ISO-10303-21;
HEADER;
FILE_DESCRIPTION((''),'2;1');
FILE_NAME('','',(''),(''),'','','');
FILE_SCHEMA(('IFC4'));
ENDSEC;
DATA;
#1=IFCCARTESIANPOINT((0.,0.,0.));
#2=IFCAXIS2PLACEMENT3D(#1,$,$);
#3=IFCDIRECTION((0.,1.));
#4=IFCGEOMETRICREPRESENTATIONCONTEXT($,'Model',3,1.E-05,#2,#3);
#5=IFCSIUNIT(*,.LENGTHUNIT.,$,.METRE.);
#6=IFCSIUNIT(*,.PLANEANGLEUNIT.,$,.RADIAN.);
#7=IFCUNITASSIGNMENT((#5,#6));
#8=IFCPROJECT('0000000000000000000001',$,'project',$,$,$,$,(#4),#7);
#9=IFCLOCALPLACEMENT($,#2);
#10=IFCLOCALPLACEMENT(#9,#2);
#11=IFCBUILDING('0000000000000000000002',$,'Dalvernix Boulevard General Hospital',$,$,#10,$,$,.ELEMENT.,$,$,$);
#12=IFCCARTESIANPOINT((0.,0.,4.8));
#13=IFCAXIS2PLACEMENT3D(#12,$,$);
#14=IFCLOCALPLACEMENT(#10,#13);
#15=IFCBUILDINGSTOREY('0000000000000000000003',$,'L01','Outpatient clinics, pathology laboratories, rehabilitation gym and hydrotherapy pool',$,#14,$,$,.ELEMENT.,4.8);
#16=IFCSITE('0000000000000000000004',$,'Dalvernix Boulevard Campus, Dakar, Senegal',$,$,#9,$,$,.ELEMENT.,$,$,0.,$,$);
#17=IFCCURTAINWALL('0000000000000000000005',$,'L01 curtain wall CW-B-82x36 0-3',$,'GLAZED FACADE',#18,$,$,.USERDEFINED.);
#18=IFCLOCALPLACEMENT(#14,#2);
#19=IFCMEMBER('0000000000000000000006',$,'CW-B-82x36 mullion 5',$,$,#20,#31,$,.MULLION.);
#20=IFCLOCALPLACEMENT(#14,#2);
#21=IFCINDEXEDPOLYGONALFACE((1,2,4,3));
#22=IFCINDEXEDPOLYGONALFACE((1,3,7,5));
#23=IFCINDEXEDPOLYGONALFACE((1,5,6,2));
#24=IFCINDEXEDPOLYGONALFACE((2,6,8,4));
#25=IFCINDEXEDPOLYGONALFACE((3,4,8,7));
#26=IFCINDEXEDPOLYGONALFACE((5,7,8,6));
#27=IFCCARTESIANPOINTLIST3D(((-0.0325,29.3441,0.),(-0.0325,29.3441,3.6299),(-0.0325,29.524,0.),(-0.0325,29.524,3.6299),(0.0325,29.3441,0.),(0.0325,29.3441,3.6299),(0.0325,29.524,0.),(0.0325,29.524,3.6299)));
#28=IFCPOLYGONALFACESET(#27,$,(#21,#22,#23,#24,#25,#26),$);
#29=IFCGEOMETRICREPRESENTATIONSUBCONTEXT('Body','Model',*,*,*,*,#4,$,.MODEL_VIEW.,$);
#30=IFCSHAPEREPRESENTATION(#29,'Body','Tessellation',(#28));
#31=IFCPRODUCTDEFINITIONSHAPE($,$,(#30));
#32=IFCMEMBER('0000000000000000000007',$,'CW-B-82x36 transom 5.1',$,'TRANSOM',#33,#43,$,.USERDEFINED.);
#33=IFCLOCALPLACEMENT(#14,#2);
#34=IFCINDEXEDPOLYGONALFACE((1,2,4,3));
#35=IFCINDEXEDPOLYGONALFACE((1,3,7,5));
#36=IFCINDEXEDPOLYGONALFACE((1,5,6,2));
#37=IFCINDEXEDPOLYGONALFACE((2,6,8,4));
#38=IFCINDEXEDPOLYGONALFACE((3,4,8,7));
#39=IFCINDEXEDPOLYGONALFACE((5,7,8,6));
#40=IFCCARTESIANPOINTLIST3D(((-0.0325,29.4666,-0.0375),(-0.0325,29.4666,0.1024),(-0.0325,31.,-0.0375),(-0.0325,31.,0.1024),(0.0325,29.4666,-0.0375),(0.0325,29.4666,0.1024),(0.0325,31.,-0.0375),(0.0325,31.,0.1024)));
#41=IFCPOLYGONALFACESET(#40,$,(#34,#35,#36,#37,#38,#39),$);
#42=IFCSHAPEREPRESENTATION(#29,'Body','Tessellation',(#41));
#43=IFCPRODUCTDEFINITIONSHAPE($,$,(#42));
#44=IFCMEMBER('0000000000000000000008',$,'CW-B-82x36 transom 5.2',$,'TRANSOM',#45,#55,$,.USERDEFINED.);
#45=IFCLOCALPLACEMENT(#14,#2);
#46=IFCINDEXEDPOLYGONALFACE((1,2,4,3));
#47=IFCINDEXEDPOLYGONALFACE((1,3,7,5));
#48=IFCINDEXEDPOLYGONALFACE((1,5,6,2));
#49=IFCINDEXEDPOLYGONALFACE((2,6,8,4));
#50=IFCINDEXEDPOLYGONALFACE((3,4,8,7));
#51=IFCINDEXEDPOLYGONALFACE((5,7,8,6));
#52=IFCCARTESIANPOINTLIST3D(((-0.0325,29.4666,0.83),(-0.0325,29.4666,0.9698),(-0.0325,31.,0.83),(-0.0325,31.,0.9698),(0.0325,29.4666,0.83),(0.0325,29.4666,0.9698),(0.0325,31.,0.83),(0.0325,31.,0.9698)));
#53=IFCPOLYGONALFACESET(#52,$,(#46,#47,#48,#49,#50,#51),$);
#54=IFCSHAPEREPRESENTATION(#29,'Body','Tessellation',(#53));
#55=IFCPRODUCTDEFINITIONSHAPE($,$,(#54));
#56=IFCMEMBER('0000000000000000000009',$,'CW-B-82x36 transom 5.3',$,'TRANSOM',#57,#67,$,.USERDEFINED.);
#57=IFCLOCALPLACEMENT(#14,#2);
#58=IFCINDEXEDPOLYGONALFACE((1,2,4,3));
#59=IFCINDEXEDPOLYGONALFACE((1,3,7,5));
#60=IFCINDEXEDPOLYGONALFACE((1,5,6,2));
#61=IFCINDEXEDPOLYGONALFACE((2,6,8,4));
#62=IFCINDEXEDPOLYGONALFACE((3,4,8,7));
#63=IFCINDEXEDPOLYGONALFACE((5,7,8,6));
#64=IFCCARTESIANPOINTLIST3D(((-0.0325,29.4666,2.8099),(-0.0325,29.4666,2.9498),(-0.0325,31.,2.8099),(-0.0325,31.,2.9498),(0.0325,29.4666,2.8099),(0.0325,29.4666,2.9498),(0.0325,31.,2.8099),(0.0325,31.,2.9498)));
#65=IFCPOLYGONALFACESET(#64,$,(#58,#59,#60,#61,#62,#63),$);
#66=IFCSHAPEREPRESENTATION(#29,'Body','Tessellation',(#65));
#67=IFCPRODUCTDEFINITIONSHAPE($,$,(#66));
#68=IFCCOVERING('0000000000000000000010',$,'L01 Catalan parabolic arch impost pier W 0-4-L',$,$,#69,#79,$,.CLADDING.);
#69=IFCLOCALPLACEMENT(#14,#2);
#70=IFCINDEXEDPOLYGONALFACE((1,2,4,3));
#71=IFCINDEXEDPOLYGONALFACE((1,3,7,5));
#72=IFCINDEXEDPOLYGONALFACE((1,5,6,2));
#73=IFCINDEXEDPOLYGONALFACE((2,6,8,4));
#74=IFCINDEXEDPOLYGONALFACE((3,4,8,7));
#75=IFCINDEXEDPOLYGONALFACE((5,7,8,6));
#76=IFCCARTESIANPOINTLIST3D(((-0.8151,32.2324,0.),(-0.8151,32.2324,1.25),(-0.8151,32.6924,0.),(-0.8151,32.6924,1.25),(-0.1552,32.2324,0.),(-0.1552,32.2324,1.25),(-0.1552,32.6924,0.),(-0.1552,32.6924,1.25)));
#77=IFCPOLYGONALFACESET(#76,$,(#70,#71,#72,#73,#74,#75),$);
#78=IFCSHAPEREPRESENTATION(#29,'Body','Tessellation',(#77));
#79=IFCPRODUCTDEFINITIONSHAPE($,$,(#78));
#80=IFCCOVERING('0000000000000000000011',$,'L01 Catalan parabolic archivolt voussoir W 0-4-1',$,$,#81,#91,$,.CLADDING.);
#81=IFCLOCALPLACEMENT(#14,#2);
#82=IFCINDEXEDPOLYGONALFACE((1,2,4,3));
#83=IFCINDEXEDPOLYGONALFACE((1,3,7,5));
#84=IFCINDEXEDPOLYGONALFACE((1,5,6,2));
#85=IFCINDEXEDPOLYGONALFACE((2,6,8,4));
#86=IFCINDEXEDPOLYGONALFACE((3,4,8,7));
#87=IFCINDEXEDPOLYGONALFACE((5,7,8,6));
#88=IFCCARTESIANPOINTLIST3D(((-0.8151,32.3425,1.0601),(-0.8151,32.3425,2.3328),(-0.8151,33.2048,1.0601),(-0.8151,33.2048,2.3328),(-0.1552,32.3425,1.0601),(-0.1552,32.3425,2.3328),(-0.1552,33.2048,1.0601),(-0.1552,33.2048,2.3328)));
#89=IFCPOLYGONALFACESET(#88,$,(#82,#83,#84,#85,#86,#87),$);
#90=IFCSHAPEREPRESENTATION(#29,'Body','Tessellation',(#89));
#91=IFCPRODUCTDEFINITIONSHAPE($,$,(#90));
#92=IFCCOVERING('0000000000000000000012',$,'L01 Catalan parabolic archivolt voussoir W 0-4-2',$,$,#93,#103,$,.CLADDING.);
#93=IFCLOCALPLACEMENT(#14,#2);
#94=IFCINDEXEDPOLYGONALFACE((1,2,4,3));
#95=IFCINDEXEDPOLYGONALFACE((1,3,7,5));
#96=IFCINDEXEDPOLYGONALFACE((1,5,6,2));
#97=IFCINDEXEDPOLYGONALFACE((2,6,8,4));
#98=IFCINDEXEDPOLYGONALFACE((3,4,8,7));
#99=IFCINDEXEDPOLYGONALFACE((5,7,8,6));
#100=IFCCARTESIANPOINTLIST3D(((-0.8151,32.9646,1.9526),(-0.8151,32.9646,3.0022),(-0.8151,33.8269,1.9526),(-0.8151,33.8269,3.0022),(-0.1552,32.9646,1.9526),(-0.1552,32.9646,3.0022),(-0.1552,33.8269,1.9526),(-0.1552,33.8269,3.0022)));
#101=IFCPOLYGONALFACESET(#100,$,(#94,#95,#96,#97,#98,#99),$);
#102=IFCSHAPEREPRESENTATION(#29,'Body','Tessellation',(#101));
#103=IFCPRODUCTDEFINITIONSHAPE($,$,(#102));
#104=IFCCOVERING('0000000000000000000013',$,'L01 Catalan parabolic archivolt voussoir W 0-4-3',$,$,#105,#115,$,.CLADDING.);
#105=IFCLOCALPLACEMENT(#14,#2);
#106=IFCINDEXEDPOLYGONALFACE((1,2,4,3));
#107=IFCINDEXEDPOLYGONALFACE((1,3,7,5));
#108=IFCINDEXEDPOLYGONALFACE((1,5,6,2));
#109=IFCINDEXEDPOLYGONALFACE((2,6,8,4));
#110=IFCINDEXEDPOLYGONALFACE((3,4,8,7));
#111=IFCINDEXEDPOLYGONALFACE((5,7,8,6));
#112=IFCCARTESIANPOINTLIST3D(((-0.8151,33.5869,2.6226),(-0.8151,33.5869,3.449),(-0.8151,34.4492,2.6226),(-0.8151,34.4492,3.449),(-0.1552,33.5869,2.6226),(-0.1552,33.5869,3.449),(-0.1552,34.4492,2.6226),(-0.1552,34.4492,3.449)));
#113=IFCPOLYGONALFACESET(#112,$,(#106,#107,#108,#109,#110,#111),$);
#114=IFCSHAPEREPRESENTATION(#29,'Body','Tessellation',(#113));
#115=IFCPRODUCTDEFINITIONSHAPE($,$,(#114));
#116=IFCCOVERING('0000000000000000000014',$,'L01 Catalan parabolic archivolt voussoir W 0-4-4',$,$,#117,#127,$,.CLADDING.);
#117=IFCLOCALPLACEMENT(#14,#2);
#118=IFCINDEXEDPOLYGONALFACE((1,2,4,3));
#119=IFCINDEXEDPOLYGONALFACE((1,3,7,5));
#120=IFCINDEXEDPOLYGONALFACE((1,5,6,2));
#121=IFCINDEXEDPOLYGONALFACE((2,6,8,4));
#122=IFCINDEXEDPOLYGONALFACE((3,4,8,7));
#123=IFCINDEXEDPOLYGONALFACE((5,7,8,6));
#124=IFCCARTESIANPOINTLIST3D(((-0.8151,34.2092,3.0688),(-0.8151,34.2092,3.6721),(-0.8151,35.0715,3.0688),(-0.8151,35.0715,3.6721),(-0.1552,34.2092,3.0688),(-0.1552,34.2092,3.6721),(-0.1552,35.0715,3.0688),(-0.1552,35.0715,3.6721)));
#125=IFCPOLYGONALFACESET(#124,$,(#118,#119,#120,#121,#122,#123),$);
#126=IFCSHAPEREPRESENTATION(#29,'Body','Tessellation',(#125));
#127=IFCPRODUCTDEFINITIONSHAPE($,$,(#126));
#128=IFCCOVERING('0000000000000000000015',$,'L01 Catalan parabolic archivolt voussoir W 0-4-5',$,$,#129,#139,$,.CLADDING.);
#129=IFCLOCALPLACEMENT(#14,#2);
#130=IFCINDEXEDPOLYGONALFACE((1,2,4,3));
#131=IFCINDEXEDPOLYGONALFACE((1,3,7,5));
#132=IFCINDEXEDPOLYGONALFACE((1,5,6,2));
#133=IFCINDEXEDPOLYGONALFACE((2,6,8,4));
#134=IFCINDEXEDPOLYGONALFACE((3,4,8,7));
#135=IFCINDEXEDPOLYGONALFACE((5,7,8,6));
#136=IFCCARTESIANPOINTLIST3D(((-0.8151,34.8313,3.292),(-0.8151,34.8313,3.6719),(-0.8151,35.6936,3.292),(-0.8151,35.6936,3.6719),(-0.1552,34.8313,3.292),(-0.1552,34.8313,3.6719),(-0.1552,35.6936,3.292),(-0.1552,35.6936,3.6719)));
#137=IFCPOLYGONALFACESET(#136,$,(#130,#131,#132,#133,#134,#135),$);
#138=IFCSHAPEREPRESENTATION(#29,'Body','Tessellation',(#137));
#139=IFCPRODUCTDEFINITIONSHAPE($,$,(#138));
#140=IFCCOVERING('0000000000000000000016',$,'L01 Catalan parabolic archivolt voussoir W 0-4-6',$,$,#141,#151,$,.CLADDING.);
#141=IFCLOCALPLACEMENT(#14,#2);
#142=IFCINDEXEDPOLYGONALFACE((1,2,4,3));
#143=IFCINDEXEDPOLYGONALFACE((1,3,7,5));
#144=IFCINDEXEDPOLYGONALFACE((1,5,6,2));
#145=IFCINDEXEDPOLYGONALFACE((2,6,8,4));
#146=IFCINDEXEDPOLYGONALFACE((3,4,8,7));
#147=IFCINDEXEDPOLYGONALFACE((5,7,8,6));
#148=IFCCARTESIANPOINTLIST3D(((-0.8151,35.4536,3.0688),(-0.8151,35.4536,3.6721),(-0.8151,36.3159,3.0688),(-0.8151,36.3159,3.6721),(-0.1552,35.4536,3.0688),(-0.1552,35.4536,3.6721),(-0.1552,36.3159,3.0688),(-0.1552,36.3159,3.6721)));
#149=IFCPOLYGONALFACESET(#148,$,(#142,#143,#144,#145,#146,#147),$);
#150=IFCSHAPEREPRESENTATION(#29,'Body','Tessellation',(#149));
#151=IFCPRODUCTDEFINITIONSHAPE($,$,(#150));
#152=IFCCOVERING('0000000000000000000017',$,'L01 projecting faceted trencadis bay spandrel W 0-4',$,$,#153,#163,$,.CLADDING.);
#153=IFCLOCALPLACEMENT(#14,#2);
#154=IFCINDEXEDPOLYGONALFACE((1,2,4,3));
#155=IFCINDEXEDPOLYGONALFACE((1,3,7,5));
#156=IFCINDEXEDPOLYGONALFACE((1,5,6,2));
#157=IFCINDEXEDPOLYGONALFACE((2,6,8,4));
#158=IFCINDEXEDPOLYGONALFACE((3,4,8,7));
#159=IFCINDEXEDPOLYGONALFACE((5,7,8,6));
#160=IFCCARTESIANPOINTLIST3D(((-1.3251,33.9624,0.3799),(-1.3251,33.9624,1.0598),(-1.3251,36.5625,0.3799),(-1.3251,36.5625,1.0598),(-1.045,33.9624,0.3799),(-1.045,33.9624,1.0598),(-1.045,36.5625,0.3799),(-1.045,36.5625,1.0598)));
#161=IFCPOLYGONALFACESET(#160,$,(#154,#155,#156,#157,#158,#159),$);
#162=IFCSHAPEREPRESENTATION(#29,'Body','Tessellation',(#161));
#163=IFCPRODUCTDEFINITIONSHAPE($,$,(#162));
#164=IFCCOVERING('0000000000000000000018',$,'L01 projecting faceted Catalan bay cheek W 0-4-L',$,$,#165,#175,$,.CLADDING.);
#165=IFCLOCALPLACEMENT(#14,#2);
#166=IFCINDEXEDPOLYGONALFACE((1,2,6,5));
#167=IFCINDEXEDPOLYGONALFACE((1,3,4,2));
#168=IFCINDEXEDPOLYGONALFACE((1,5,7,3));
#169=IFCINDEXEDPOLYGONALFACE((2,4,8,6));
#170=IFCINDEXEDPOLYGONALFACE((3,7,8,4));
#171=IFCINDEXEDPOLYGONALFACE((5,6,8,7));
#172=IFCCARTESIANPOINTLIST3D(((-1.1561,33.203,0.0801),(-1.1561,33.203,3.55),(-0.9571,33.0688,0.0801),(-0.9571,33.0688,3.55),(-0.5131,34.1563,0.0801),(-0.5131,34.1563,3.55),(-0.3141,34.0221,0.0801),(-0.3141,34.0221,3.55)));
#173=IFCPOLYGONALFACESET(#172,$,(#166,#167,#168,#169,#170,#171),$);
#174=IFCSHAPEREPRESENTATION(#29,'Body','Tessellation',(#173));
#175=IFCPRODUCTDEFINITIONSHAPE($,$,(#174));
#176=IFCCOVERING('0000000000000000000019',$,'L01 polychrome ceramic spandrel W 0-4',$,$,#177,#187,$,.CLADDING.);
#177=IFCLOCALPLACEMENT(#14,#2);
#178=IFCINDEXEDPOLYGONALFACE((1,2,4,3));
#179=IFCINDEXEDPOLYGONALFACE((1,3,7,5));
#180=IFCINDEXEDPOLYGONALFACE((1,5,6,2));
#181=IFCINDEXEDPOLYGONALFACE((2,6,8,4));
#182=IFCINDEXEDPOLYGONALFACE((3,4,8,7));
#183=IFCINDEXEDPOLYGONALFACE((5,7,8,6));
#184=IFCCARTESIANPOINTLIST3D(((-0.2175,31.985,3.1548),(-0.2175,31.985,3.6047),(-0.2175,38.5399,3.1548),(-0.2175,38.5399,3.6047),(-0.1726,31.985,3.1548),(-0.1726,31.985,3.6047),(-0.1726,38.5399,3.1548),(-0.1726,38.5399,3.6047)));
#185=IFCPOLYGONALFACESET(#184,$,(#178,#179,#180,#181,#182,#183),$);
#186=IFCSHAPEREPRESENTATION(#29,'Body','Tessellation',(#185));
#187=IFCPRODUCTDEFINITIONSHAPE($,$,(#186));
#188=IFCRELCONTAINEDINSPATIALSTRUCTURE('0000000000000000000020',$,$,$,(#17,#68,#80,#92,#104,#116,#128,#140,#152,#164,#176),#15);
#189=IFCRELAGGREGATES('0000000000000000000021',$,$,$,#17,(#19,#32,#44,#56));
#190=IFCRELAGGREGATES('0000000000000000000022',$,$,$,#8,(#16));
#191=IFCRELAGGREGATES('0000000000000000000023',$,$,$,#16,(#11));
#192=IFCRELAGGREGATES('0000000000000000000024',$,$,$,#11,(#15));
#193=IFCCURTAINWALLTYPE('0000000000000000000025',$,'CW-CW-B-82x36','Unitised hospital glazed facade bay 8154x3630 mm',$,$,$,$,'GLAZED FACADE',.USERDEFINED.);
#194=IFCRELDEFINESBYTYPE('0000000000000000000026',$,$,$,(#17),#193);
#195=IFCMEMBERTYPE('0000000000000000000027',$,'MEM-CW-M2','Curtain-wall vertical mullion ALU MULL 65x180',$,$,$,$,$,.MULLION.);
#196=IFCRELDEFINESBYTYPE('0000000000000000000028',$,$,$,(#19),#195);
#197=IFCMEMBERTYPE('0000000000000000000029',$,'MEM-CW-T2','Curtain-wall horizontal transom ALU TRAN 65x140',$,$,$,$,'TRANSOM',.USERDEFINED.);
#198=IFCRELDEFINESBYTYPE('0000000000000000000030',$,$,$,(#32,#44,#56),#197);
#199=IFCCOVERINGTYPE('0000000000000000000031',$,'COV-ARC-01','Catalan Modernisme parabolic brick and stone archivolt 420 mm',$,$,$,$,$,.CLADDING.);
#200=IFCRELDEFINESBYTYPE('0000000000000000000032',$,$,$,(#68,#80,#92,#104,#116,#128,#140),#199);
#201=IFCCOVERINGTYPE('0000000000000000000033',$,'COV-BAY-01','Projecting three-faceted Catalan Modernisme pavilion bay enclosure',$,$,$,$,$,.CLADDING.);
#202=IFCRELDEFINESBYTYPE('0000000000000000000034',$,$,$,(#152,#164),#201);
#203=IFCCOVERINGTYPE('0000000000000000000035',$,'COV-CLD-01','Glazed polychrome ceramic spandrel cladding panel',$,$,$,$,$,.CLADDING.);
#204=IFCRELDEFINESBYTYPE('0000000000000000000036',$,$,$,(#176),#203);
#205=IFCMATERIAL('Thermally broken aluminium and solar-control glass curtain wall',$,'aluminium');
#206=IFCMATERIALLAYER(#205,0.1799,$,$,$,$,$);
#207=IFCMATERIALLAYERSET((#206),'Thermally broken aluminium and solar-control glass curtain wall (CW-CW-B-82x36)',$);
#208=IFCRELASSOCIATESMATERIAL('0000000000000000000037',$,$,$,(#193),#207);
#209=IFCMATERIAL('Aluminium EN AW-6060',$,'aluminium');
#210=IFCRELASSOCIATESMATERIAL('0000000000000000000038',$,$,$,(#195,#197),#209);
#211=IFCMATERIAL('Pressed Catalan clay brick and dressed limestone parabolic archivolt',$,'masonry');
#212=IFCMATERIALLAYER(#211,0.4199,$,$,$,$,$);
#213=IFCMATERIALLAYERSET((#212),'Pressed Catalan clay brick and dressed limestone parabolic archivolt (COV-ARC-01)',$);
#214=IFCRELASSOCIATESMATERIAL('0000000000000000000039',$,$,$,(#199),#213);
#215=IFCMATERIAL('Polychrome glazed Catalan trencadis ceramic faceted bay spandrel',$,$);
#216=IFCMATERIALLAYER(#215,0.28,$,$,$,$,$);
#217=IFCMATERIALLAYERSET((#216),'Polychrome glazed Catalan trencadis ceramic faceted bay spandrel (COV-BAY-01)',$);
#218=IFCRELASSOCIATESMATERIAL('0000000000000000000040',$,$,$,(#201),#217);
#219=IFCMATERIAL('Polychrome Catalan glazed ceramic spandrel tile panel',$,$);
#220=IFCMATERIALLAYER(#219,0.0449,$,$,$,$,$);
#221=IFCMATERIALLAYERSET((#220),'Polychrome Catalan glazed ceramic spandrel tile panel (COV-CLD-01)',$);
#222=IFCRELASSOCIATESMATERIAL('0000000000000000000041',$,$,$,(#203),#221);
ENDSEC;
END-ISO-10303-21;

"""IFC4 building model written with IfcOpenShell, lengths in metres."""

from ifc_helpers import new_model, si_unit, direction, frame, origin, origin_2d, place, context, subcontext, project, spatial, rectangle, extrude, material, layer, layer_set, material_profile, profile_set, type_object, element, aggregate, save


model = new_model("IFC4")

# Units and contexts
model_context = context("Model", 3, precision=1e-05, world=origin(), true_north=direction((0.0, 1.0)))
body_context = subcontext(model_context, "Body", "Model", "MODEL_VIEW")
ifc_project = project(units=[si_unit("LENGTHUNIT", "METRE"), si_unit("PLANEANGLEUNIT", "RADIAN")], contexts=[model_context])

# Site, building, storey
site_placement = place(None, origin())
site = spatial("IfcSite", under=ifc_project, at=site_placement, Name="Dalvernix Boulevard Campus, Dakar, Senegal", CompositionType="ELEMENT", RefElevation=0.0)
building_placement = place(site_placement, origin())
building = spatial("IfcBuilding", under=site, at=building_placement, Name="Dalvernix Boulevard General Hospital", CompositionType="ELEMENT")
storey_placement = place(building_placement, frame((0.0, 0.0, 4.8)))
storey = spatial("IfcBuildingStorey", under=building, at=storey_placement, Name="L01", Description="Outpatient clinics, pathology laboratories, rehabilitation gym and hydrotherapy pool", CompositionType="ELEMENT", Elevation=4.8)

# Curtain wall, members
ifc_material_1 = material(Name="Thermally broken aluminium and solar-control glass curtain wall", Category="aluminium")
ifc_layer_1 = layer(ifc_material_1, 0.1799)
ifc_layer_set_1 = layer_set([ifc_layer_1], Name="Thermally broken aluminium and solar-control glass curtain wall (CW-CW-B-82x36)")
curtain_wall_type = type_object("IfcCurtainWallType", Name="CW-CW-B-82x36", Description="Unitised hospital glazed facade bay 8154x3630 mm", ElementType="GLAZED FACADE", PredefinedType="USERDEFINED", material=ifc_layer_set_1)
curtain_wall_placement = place(storey_placement, origin())
curtain_wall = element("IfcCurtainWall", 1, at=curtain_wall_placement, inside=storey, type_object=curtain_wall_type, Name="L01 curtain wall CW-B-82x36 0-3", ObjectType="GLAZED FACADE", PredefinedType="USERDEFINED")
ifc_material_2 = material(Name="Aluminium EN AW-6060", Category="aluminium")
ifc_material_profile_1 = material_profile(ifc_material_2, rectangle(XDim=0.0649, YDim=0.1799, at=origin_2d()), Name="ALU MULL 65x180")
ifc_profile_set_1 = profile_set([ifc_material_profile_1], Name="Aluminium EN AW-6060")
member_type_1 = type_object("IfcMemberType", Name="MEM-CW-M2", Description="Curtain-wall vertical mullion ALU MULL 65x180", PredefinedType="MULLION", material=ifc_profile_set_1)
member_1_placement = place(storey_placement, frame((0.0, 29.4341, 0.0), z_axis=(0.0, 0.0, 1.0), x_axis=(-1.0, 0.0, 0.0)))
member_1 = element("IfcMember", 2, at=member_1_placement, type_object=member_type_1, Name="CW-B-82x36 mullion 5", PredefinedType="MULLION", context=body_context, shape_type="SweptSolid", body=[
    extrude(rectangle(XDim=0.0649, YDim=0.1799, at=origin_2d()), origin(), (0.0, 0.0, 1.0), 3.6299),
])
ifc_material_profile_2 = material_profile(ifc_material_2, rectangle(XDim=0.0649, YDim=0.1399, at=origin_2d()), Name="ALU TRAN 65x140")
ifc_profile_set_2 = profile_set([ifc_material_profile_2], Name="Aluminium EN AW-6060")
member_type_2 = type_object("IfcMemberType", Name="MEM-CW-T2", Description="Curtain-wall horizontal transom ALU TRAN 65x140", ElementType="TRANSOM", PredefinedType="USERDEFINED", material=ifc_profile_set_2)
member_2_placement = place(storey_placement, frame((0.0, 29.4666, 0.0325), z_axis=(0.0, 1.0, 0.0), x_axis=(-1.0, 0.0, 0.0)))
member_2 = element("IfcMember", 3, at=member_2_placement, type_object=member_type_2, Name="CW-B-82x36 transom 5.1", ObjectType="TRANSOM", PredefinedType="USERDEFINED", context=body_context, shape_type="SweptSolid", body=[
    extrude(rectangle(XDim=0.0649, YDim=0.1399, at=origin_2d()), origin(), (0.0, 0.0, 1.0), 1.5334),
])
member_3_placement = place(storey_placement, frame((0.0, 29.4666, 0.8999), z_axis=(0.0, 1.0, 0.0), x_axis=(-1.0, 0.0, 0.0)))
member_3 = element("IfcMember", 4, at=member_3_placement, type_object=member_type_2, Name="CW-B-82x36 transom 5.2", ObjectType="TRANSOM", PredefinedType="USERDEFINED", context=body_context, shape_type="SweptSolid", body=[
    extrude(rectangle(XDim=0.0649, YDim=0.1399, at=origin_2d()), origin(), (0.0, 0.0, 1.0), 1.5334),
])
member_4_placement = place(storey_placement, frame((0.0, 29.4666, 2.8799), z_axis=(0.0, 1.0, 0.0), x_axis=(-1.0, 0.0, 0.0)))
member_4 = element("IfcMember", 5, at=member_4_placement, type_object=member_type_2, Name="CW-B-82x36 transom 5.3", ObjectType="TRANSOM", PredefinedType="USERDEFINED", context=body_context, shape_type="SweptSolid", body=[
    extrude(rectangle(XDim=0.0649, YDim=0.1399, at=origin_2d()), origin(), (0.0, 0.0, 1.0), 1.5334),
])
aggregate(curtain_wall, [member_1, member_2, member_3, member_4])

# Coverings
ifc_material_3 = material(Name="Pressed Catalan clay brick and dressed limestone parabolic archivolt", Category="masonry")
ifc_layer_2 = layer(ifc_material_3, 0.4199)
ifc_layer_set_2 = layer_set([ifc_layer_2], Name="Pressed Catalan clay brick and dressed limestone parabolic archivolt (COV-ARC-01)")
covering_type_1 = type_object("IfcCoveringType", Name="COV-ARC-01", Description="Catalan Modernisme parabolic brick and stone archivolt 420 mm", PredefinedType="CLADDING", material=ifc_layer_set_2)
covering_1_placement = place(storey_placement, frame((-0.4851, 32.4624, 0.0), z_axis=(0.0, 0.0, 1.0), x_axis=(0.0, 1.0, 0.0)))
element("IfcCovering", 6, at=covering_1_placement, inside=storey, type_object=covering_type_1, Name="L01 Catalan parabolic arch impost pier W 0-4-L", PredefinedType="CLADDING", context=body_context, shape_type="SweptSolid", body=[
    extrude(rectangle(XDim=0.46, YDim=0.6599, at=origin_2d()), origin(), (0.0, 0.0, 1.0), 1.25),
])
covering_2_placement = place(storey_placement, frame((-0.4851, 32.7737, 1.0601), z_axis=(0.0, 0.0, 1.0), x_axis=(0.0, 1.0, 0.0)))
element("IfcCovering", 7, at=covering_2_placement, inside=storey, type_object=covering_type_1, Name="L01 Catalan parabolic archivolt voussoir W 0-4-1", PredefinedType="CLADDING", context=body_context, shape_type="SweptSolid", body=[
    extrude(rectangle(XDim=0.8623, YDim=0.6599, at=origin_2d()), origin(), (0.0, 0.0, 1.0), 1.2727),
])
covering_3_placement = place(storey_placement, frame((-0.4851, 33.3958, 1.9526), z_axis=(0.0, 0.0, 1.0), x_axis=(0.0, 1.0, 0.0)))
element("IfcCovering", 8, at=covering_3_placement, inside=storey, type_object=covering_type_1, Name="L01 Catalan parabolic archivolt voussoir W 0-4-2", PredefinedType="CLADDING", context=body_context, shape_type="SweptSolid", body=[
    extrude(rectangle(XDim=0.8623, YDim=0.6599, at=origin_2d()), origin(), (0.0, 0.0, 1.0), 1.0496),
])
covering_4_placement = place(storey_placement, frame((-0.4851, 34.0181, 2.6226), z_axis=(0.0, 0.0, 1.0), x_axis=(0.0, 1.0, 0.0)))
element("IfcCovering", 9, at=covering_4_placement, inside=storey, type_object=covering_type_1, Name="L01 Catalan parabolic archivolt voussoir W 0-4-3", PredefinedType="CLADDING", context=body_context, shape_type="SweptSolid", body=[
    extrude(rectangle(XDim=0.8623, YDim=0.6599, at=origin_2d()), origin(), (0.0, 0.0, 1.0), 0.8264),
])
covering_5_placement = place(storey_placement, frame((-0.4851, 34.6404, 3.0688), z_axis=(0.0, 0.0, 1.0), x_axis=(0.0, 1.0, 0.0)))
element("IfcCovering", 10, at=covering_5_placement, inside=storey, type_object=covering_type_1, Name="L01 Catalan parabolic archivolt voussoir W 0-4-4", PredefinedType="CLADDING", context=body_context, shape_type="SweptSolid", body=[
    extrude(rectangle(XDim=0.8623, YDim=0.6599, at=origin_2d()), origin(), (0.0, 0.0, 1.0), 0.6033),
])
covering_6_placement = place(storey_placement, frame((-0.4851, 35.2625, 3.292), z_axis=(0.0, 0.0, 1.0), x_axis=(0.0, 1.0, 0.0)))
element("IfcCovering", 11, at=covering_6_placement, inside=storey, type_object=covering_type_1, Name="L01 Catalan parabolic archivolt voussoir W 0-4-5", PredefinedType="CLADDING", context=body_context, shape_type="SweptSolid", body=[
    extrude(rectangle(XDim=0.8623, YDim=0.6599, at=origin_2d()), origin(), (0.0, 0.0, 1.0), 0.3799),
])
covering_7_placement = place(storey_placement, frame((-0.4851, 35.8848, 3.0688), z_axis=(0.0, 0.0, 1.0), x_axis=(0.0, 1.0, 0.0)))
element("IfcCovering", 12, at=covering_7_placement, inside=storey, type_object=covering_type_1, Name="L01 Catalan parabolic archivolt voussoir W 0-4-6", PredefinedType="CLADDING", context=body_context, shape_type="SweptSolid", body=[
    extrude(rectangle(XDim=0.8623, YDim=0.6599, at=origin_2d()), origin(), (0.0, 0.0, 1.0), 0.6033),
])
ifc_material_4 = material(Name="Polychrome glazed Catalan trencadis ceramic faceted bay spandrel")
ifc_layer_3 = layer(ifc_material_4, 0.28)
ifc_layer_set_3 = layer_set([ifc_layer_3], Name="Polychrome glazed Catalan trencadis ceramic faceted bay spandrel (COV-BAY-01)")
covering_type_2 = type_object("IfcCoveringType", Name="COV-BAY-01", Description="Projecting three-faceted Catalan Modernisme pavilion bay enclosure", PredefinedType="CLADDING", material=ifc_layer_set_3)
covering_8_placement = place(storey_placement, frame((-1.1851, 35.2625, 0.3799), z_axis=(0.0, 0.0, 1.0), x_axis=(0.0, 1.0, 0.0)))
element("IfcCovering", 13, at=covering_8_placement, inside=storey, type_object=covering_type_2, Name="L01 projecting faceted trencadis bay spandrel W 0-4", PredefinedType="CLADDING", context=body_context, shape_type="SweptSolid", body=[
    extrude(rectangle(XDim=2.6001, YDim=0.28, at=origin_2d()), origin(), (0.0, 0.0, 1.0), 0.6799),
])
covering_9_placement = place(storey_placement, frame((-0.7351, 33.6125, 0.0801), z_axis=(0.0, 0.0, 1.0), x_axis=(0.559193, 0.829038, 0.0)))
element("IfcCovering", 14, at=covering_9_placement, inside=storey, type_object=covering_type_2, Name="L01 projecting faceted Catalan bay cheek W 0-4-L", PredefinedType="CLADDING", context=body_context, shape_type="SweptSolid", body=[
    extrude(rectangle(XDim=1.1499, YDim=0.24, at=origin_2d()), origin(), (0.0, 0.0, 1.0), 3.47),
])
ifc_material_5 = material(Name="Polychrome Catalan glazed ceramic spandrel tile panel")
ifc_layer_4 = layer(ifc_material_5, 0.0449)
ifc_layer_set_4 = layer_set([ifc_layer_4], Name="Polychrome Catalan glazed ceramic spandrel tile panel (COV-CLD-01)")
covering_type_3 = type_object("IfcCoveringType", Name="COV-CLD-01", Description="Glazed polychrome ceramic spandrel cladding panel", PredefinedType="CLADDING", material=ifc_layer_set_4)
covering_10_placement = place(storey_placement, frame((-0.1951, 35.2625, 3.1548), z_axis=(0.0, 0.0, 1.0), x_axis=(0.0, 1.0, 0.0)))
element("IfcCovering", 15, at=covering_10_placement, inside=storey, type_object=covering_type_3, Name="L01 polychrome ceramic spandrel W 0-4", PredefinedType="CLADDING", context=body_context, shape_type="SweptSolid", body=[
    extrude(rectangle(XDim=6.5549, YDim=0.0449, at=origin_2d()), origin(), (0.0, 0.0, 1.0), 0.45),
])

save(model, "model.ifc")
